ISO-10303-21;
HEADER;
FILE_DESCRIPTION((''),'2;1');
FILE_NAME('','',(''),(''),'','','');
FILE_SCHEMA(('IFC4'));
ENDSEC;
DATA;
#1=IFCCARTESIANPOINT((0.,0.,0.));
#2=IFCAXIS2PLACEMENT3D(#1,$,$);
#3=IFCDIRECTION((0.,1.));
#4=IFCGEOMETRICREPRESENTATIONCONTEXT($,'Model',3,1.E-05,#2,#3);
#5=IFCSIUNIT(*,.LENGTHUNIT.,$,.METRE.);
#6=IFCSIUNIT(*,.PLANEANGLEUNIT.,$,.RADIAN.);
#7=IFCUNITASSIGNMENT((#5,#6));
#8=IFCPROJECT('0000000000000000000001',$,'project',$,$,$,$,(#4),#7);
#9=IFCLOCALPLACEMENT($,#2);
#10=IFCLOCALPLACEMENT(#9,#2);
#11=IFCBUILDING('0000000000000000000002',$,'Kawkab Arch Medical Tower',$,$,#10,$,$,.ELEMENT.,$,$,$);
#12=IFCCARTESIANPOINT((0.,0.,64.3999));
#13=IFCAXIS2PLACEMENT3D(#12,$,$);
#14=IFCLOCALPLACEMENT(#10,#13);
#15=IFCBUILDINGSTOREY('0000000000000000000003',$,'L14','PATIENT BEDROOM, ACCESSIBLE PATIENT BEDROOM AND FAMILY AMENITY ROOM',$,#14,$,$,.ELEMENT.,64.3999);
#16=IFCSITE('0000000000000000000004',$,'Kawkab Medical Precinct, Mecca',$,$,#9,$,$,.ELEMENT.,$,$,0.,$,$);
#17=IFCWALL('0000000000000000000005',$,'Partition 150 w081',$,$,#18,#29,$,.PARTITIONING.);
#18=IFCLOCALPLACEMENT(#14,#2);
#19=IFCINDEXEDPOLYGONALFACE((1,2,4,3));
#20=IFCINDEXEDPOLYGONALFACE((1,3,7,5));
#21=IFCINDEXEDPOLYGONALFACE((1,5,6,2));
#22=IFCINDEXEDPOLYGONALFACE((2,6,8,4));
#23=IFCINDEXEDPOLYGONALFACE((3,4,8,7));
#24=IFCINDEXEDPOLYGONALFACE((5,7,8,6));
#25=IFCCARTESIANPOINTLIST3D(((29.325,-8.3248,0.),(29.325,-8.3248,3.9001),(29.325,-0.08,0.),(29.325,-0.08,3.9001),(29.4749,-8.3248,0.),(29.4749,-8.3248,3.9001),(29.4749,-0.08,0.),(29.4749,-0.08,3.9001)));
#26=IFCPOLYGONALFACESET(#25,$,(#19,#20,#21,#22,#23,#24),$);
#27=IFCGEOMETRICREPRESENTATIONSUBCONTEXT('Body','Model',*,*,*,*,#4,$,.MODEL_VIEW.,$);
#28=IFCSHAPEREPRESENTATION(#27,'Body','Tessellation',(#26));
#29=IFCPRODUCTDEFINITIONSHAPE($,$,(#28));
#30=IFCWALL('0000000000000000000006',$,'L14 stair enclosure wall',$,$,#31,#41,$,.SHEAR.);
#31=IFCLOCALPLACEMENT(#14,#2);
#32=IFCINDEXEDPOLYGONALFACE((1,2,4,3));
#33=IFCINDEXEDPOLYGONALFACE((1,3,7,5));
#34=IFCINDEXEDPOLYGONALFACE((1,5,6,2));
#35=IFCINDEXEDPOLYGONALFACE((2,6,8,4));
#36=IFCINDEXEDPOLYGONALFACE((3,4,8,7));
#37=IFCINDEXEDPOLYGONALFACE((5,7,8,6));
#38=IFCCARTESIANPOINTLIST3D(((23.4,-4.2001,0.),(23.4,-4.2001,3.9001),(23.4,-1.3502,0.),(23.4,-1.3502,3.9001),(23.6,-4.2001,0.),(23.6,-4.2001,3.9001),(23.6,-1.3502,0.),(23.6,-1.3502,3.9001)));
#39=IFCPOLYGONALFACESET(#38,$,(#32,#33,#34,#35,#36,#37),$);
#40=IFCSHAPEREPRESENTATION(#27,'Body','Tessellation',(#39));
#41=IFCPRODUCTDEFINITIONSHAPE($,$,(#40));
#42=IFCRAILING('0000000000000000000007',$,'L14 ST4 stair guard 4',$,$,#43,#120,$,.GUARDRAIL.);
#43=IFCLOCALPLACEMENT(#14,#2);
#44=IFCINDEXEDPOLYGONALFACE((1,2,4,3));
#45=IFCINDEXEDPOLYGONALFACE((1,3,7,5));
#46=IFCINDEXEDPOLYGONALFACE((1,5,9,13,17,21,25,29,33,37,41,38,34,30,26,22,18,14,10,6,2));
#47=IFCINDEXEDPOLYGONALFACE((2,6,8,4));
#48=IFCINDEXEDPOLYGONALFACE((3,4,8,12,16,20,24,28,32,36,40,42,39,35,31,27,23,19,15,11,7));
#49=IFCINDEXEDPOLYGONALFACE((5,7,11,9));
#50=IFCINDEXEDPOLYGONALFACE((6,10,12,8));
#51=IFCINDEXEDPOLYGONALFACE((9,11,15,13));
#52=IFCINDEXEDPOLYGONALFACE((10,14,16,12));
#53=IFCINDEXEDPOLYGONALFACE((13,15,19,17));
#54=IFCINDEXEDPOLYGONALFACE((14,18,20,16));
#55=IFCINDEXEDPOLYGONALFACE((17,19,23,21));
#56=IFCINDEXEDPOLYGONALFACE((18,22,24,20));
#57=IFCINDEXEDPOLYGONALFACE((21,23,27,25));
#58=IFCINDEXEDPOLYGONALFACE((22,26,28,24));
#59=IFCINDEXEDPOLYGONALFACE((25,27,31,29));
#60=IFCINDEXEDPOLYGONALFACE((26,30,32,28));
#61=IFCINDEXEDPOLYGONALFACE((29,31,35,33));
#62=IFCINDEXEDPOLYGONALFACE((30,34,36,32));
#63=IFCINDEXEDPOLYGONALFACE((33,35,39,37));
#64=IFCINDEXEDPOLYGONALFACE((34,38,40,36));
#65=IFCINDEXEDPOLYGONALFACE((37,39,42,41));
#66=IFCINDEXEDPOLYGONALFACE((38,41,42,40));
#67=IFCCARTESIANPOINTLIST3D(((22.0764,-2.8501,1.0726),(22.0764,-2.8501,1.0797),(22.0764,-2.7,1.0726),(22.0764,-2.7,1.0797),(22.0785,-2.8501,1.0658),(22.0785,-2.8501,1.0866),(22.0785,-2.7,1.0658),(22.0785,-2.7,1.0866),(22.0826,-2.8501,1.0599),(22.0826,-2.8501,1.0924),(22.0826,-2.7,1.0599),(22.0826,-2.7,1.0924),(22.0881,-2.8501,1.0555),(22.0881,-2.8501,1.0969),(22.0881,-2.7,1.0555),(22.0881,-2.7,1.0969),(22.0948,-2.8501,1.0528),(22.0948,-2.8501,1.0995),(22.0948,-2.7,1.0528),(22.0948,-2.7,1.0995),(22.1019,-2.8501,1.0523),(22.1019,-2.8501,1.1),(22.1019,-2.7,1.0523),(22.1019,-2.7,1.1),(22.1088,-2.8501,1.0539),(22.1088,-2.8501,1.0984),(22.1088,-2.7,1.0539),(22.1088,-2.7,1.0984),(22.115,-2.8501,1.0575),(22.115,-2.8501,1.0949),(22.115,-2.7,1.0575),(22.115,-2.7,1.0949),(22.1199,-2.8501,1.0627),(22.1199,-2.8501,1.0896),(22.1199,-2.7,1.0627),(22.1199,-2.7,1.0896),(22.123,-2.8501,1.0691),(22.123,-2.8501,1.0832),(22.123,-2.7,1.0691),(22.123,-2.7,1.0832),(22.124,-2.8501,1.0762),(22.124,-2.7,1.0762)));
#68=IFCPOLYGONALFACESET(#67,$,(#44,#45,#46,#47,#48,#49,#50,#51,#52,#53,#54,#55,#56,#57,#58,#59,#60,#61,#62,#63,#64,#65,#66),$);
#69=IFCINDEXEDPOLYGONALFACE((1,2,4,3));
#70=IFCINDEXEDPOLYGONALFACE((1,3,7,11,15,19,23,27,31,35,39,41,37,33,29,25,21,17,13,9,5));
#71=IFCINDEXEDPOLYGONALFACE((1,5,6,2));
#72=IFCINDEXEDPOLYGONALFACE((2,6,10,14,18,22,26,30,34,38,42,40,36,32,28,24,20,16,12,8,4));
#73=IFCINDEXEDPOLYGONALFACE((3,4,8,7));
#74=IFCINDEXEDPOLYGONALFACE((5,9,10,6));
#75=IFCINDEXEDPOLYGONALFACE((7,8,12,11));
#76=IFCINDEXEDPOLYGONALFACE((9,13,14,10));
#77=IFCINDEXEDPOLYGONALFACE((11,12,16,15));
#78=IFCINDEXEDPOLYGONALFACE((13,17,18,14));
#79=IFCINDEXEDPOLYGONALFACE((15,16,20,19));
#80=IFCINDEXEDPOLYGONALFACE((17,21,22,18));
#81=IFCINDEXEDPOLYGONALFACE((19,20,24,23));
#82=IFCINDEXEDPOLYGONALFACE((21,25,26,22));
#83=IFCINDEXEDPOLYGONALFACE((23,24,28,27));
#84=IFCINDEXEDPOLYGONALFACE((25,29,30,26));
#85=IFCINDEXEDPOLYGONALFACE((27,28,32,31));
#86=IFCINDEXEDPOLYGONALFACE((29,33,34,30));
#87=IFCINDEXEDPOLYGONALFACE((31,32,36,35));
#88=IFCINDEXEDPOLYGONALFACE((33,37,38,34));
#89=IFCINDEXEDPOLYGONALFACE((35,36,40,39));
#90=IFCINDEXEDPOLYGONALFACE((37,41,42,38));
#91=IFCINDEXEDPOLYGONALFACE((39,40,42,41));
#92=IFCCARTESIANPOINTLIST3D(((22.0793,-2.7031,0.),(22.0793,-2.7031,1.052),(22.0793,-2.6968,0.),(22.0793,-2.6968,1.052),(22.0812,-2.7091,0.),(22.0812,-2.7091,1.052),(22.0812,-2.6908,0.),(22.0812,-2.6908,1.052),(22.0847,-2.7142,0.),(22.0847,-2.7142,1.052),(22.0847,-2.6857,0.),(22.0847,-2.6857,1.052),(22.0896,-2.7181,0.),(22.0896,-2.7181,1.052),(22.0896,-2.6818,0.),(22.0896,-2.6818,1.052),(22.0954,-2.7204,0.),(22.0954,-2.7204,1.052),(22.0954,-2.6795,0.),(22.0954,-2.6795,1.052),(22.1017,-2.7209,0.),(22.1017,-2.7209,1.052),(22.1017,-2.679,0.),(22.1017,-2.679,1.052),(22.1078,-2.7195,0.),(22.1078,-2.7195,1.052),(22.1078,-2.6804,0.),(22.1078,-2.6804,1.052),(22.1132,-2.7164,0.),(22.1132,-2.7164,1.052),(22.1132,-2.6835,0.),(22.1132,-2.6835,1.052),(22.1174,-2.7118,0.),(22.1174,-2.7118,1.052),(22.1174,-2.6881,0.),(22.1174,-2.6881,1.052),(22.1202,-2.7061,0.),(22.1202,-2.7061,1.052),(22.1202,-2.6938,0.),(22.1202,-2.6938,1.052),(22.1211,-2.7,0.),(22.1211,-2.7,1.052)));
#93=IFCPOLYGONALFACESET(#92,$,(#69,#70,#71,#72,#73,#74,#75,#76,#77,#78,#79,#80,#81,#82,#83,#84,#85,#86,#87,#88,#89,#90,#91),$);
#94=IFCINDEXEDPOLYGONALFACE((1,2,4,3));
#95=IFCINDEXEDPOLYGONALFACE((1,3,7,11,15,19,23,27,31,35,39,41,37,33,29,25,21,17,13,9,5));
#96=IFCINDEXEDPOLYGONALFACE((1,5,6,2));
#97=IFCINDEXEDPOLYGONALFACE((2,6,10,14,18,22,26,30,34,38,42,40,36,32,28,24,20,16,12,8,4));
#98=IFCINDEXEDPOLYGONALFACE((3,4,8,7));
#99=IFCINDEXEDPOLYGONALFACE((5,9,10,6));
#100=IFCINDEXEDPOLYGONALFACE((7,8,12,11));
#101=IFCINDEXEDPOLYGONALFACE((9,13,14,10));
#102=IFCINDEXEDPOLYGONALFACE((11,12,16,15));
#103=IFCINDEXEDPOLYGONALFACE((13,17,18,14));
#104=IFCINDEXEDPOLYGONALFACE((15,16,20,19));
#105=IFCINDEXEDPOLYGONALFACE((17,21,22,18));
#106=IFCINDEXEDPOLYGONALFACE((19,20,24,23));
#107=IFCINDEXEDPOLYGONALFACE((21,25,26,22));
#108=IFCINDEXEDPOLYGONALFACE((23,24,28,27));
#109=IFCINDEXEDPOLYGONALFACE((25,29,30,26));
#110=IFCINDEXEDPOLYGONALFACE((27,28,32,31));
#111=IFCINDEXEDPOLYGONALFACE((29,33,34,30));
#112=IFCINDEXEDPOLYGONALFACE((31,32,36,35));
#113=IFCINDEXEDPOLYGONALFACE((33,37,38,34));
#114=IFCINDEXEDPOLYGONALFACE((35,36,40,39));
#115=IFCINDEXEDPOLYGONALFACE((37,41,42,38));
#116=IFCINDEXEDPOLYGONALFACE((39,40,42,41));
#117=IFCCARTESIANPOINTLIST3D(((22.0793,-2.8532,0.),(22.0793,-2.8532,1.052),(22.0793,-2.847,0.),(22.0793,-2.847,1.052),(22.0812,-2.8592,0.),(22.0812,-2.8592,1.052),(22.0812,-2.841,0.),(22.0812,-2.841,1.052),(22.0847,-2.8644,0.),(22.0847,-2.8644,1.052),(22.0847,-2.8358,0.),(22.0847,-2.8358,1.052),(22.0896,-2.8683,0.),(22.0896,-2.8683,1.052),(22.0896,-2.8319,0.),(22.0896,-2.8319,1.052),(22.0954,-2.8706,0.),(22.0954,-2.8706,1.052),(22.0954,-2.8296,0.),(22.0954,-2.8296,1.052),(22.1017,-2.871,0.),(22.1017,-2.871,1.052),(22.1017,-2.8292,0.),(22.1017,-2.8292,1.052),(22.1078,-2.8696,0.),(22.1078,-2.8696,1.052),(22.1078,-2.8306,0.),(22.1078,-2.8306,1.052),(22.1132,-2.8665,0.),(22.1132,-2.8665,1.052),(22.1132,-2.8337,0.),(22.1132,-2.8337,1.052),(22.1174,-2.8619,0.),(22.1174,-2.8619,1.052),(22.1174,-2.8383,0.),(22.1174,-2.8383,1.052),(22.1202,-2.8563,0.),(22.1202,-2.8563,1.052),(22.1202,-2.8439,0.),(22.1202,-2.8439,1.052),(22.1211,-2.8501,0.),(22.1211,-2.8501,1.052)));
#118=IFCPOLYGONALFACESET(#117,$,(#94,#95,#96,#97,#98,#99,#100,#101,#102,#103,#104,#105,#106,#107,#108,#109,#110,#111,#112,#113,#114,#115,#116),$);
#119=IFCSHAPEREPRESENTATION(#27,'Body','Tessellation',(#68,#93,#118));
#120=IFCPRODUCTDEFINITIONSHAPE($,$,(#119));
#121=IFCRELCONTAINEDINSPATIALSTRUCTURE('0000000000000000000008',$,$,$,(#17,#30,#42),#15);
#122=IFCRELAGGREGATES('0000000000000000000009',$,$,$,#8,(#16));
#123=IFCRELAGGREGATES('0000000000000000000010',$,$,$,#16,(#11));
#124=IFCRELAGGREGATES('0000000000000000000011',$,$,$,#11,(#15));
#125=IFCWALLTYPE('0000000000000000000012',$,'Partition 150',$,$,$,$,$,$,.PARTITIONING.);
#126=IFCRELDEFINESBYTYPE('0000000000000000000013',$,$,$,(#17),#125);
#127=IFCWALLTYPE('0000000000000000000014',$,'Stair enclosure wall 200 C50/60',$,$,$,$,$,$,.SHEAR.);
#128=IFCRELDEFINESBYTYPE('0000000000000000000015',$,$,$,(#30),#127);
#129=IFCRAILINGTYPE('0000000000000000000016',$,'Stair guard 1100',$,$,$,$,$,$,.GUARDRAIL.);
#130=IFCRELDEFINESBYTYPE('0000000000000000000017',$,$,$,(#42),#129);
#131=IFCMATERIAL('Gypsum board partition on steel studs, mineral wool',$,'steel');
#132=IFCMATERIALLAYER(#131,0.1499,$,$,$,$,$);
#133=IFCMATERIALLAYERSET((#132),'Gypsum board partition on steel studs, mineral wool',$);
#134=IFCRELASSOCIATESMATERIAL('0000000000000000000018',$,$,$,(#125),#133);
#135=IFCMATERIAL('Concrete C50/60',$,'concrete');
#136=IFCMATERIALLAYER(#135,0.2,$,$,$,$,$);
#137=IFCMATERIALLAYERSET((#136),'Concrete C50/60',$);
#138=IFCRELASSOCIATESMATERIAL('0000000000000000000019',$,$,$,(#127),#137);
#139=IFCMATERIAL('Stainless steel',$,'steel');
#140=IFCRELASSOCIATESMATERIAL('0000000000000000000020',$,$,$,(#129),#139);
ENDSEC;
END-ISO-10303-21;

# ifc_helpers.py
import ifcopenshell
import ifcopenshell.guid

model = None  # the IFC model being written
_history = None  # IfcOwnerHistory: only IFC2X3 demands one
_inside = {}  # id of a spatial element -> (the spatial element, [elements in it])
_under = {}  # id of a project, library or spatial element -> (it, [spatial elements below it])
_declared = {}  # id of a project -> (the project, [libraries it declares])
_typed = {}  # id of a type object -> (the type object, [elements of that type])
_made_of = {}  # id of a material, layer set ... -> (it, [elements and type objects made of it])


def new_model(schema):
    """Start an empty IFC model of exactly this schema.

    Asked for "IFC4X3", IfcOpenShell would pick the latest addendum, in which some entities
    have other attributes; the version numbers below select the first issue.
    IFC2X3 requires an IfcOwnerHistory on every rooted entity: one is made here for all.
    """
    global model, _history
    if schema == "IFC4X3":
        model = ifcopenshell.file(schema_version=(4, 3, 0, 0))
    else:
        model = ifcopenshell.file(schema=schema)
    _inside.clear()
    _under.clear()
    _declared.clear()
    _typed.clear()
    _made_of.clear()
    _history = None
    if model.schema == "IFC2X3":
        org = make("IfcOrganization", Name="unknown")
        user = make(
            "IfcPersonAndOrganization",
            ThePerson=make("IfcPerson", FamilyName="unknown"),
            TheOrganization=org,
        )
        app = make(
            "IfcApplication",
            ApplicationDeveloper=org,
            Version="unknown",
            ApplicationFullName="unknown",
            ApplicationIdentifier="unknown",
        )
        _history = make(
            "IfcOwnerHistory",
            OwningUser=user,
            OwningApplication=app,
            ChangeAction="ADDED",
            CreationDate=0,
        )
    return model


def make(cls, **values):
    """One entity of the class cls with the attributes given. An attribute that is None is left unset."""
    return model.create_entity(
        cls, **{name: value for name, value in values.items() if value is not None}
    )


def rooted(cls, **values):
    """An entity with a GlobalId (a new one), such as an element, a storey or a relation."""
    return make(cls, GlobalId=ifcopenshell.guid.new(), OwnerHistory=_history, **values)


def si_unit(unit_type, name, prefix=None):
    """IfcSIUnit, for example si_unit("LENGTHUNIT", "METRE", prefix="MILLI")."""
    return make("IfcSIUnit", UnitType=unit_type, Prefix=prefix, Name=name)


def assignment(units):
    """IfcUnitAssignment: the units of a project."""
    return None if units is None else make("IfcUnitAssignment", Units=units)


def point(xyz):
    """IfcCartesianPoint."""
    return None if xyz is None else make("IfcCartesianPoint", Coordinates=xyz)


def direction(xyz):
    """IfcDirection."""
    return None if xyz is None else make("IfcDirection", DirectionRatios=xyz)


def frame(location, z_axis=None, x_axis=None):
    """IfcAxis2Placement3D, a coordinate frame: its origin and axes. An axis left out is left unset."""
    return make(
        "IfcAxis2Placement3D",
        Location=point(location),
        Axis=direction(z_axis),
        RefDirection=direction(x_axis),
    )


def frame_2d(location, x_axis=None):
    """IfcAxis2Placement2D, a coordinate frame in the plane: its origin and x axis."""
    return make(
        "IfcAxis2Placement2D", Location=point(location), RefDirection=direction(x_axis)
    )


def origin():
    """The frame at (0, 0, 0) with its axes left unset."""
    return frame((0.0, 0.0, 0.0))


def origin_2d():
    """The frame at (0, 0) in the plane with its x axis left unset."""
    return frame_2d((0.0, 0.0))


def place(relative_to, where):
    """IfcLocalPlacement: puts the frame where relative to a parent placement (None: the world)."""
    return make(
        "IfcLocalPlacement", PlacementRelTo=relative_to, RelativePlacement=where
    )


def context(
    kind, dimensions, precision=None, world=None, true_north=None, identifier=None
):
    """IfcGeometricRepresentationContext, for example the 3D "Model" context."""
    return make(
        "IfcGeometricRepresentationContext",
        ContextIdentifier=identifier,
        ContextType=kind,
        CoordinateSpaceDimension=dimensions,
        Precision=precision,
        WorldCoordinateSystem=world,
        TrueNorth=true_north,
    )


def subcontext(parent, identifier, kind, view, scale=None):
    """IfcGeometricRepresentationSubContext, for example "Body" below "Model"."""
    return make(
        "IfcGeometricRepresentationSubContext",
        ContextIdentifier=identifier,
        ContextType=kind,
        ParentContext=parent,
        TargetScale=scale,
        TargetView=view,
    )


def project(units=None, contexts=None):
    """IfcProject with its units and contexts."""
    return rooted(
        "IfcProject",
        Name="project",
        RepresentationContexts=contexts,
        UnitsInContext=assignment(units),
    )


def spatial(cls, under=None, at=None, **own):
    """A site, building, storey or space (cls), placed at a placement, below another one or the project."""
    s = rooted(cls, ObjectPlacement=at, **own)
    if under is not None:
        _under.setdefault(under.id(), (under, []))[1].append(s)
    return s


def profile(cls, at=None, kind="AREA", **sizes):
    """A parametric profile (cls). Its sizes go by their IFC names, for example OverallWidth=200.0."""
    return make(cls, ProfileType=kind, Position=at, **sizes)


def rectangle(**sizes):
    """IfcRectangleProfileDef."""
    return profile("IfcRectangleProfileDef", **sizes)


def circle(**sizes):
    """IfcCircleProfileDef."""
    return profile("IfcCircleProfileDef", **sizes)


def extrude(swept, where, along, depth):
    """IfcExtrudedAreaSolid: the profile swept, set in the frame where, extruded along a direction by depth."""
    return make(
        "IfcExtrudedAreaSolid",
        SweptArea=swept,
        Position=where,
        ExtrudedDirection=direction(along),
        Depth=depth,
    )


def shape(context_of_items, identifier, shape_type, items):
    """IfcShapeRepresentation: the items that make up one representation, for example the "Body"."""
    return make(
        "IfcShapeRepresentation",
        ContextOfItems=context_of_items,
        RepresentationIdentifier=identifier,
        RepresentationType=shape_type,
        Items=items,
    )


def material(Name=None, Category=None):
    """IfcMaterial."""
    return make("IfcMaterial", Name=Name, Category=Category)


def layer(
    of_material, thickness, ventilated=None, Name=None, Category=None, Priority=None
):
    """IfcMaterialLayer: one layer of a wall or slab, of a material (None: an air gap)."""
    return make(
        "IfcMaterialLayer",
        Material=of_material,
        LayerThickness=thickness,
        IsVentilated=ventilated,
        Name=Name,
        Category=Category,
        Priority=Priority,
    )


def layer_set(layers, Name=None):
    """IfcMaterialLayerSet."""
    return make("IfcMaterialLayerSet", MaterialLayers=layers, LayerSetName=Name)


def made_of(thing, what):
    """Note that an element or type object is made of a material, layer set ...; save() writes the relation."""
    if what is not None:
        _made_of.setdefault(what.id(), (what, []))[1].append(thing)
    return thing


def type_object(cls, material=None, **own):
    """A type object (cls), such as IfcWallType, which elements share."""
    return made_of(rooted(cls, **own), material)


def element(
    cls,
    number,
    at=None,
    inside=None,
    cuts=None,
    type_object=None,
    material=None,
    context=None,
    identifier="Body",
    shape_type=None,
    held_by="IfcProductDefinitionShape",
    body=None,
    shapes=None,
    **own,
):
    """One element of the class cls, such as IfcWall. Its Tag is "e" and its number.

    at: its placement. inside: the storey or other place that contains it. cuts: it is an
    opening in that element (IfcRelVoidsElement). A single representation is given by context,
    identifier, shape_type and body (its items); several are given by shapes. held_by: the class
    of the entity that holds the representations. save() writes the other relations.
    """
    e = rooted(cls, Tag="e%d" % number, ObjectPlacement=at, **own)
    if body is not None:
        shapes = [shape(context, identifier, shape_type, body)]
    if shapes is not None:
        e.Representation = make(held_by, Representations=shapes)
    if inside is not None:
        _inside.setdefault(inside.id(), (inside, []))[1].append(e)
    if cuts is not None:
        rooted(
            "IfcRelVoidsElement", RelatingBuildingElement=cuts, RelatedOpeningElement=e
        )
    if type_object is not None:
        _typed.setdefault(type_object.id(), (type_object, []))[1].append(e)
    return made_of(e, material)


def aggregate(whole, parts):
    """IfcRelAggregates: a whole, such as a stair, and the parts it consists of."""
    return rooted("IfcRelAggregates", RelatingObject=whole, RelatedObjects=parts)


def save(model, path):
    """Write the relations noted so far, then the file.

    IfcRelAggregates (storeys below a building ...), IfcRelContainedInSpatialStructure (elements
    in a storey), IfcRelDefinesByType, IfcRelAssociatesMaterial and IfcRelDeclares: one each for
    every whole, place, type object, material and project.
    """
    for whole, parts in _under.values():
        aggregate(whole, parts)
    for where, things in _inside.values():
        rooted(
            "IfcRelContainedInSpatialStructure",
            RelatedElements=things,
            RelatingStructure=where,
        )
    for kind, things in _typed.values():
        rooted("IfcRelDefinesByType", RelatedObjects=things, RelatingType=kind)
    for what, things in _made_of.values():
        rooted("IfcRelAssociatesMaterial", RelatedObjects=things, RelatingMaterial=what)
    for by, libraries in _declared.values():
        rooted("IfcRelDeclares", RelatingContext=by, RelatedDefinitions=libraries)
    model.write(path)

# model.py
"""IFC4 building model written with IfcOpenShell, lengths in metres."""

from ifc_helpers import new_model, si_unit, direction, frame, frame_2d, origin, origin_2d, place, context, subcontext, project, spatial, rectangle, circle, extrude, material, layer, layer_set, type_object, element, save


model = new_model("IFC4")

# Units and contexts
model_context = context("Model", 3, precision=1e-05, world=origin(), true_north=direction((0.0, 1.0)))
body_context = subcontext(model_context, "Body", "Model", "MODEL_VIEW")
ifc_project = project(units=[si_unit("LENGTHUNIT", "METRE"), si_unit("PLANEANGLEUNIT", "RADIAN")], contexts=[model_context])

# Site, building, storey
site_placement = place(None, origin())
site = spatial("IfcSite", under=ifc_project, at=site_placement, Name="Kawkab Medical Precinct, Mecca", CompositionType="ELEMENT", RefElevation=0.0)
building_placement = place(site_placement, origin())
building = spatial("IfcBuilding", under=site, at=building_placement, Name="Kawkab Arch Medical Tower", CompositionType="ELEMENT")
storey_placement = place(building_placement, frame((0.0, 0.0, 64.3999)))
storey = spatial("IfcBuildingStorey", under=building, at=storey_placement, Name="L14", Description="PATIENT BEDROOM, ACCESSIBLE PATIENT BEDROOM AND FAMILY AMENITY ROOM", CompositionType="ELEMENT", Elevation=64.3999)

# Shared definitions
ifc_material_1 = material(Name="Gypsum board partition on steel studs, mineral wool", Category="steel")
ifc_layer_1 = layer(ifc_material_1, 0.1499)
ifc_layer_set_1 = layer_set([ifc_layer_1], Name="Gypsum board partition on steel studs, mineral wool")
wall_type_1 = type_object("IfcWallType", Name="Partition 150", PredefinedType="PARTITIONING", material=ifc_layer_set_1)

# Walls
wall_1_placement = place(storey_placement, frame((29.3999, -8.325, 0.0), z_axis=(0.0, 0.0, 1.0), x_axis=(0.0, 1.0, 0.0)))
element("IfcWall", 1, at=wall_1_placement, inside=storey, type_object=wall_type_1, Name="Partition 150 w081", PredefinedType="PARTITIONING", context=body_context, shape_type="SweptSolid", body=[
    extrude(rectangle(XDim=8.2449, YDim=0.1499, at=frame_2d((4.1226, 0.0))), origin(), (0.0, 0.0, 1.0), 3.9001),
])
ifc_material_2 = material(Name="Concrete C50/60", Category="concrete")
ifc_layer_2 = layer(ifc_material_2, 0.2)
ifc_layer_set_2 = layer_set([ifc_layer_2], Name="Concrete C50/60")
wall_type_2 = type_object("IfcWallType", Name="Stair enclosure wall 200 C50/60", PredefinedType="SHEAR", material=ifc_layer_set_2)
wall_2_placement = place(storey_placement, frame((23.5, -4.2, 0.0), z_axis=(0.0, 0.0, 1.0), x_axis=(0.0, 1.0, 0.0)))
element("IfcWall", 2, at=wall_2_placement, inside=storey, type_object=wall_type_2, Name="L14 stair enclosure wall", PredefinedType="SHEAR", context=body_context, shape_type="SweptSolid", body=[
    extrude(rectangle(XDim=2.8499, YDim=0.2, at=frame_2d((1.4248, 0.0))), origin(), (0.0, 0.0, 1.0), 3.9001),
])

# Railing
ifc_material_3 = material(Name="Stainless steel", Category="steel")
railing_type = type_object("IfcRailingType", Name="Stair guard 1100", PredefinedType="GUARDRAIL", material=ifc_material_3)
railing_placement = place(storey_placement, frame((22.1001, -2.7, 0.0)))
element("IfcRailing", 3, at=railing_placement, inside=storey, type_object=railing_type, Name="L14 ST4 stair guard 4", PredefinedType="GUARDRAIL", context=body_context, shape_type="SweptSolid", body=[
    extrude(circle(Radius=0.0239, at=origin_2d()), frame((0.0, 0.0, 1.0762), z_axis=(0.0, -1.0, 0.0), x_axis=(1.0, 0.0, 0.0)), (0.0, 0.0, 1.0), 0.1501),
    extrude(circle(Radius=0.021, at=origin_2d()), origin(), (0.0, 0.0, 1.0), 1.052),
    extrude(circle(Radius=0.021, at=origin_2d()), frame((0.0, -0.1501, 0.0)), (0.0, 0.0, 1.0), 1.052),
])

save(model, "model.ifc")
